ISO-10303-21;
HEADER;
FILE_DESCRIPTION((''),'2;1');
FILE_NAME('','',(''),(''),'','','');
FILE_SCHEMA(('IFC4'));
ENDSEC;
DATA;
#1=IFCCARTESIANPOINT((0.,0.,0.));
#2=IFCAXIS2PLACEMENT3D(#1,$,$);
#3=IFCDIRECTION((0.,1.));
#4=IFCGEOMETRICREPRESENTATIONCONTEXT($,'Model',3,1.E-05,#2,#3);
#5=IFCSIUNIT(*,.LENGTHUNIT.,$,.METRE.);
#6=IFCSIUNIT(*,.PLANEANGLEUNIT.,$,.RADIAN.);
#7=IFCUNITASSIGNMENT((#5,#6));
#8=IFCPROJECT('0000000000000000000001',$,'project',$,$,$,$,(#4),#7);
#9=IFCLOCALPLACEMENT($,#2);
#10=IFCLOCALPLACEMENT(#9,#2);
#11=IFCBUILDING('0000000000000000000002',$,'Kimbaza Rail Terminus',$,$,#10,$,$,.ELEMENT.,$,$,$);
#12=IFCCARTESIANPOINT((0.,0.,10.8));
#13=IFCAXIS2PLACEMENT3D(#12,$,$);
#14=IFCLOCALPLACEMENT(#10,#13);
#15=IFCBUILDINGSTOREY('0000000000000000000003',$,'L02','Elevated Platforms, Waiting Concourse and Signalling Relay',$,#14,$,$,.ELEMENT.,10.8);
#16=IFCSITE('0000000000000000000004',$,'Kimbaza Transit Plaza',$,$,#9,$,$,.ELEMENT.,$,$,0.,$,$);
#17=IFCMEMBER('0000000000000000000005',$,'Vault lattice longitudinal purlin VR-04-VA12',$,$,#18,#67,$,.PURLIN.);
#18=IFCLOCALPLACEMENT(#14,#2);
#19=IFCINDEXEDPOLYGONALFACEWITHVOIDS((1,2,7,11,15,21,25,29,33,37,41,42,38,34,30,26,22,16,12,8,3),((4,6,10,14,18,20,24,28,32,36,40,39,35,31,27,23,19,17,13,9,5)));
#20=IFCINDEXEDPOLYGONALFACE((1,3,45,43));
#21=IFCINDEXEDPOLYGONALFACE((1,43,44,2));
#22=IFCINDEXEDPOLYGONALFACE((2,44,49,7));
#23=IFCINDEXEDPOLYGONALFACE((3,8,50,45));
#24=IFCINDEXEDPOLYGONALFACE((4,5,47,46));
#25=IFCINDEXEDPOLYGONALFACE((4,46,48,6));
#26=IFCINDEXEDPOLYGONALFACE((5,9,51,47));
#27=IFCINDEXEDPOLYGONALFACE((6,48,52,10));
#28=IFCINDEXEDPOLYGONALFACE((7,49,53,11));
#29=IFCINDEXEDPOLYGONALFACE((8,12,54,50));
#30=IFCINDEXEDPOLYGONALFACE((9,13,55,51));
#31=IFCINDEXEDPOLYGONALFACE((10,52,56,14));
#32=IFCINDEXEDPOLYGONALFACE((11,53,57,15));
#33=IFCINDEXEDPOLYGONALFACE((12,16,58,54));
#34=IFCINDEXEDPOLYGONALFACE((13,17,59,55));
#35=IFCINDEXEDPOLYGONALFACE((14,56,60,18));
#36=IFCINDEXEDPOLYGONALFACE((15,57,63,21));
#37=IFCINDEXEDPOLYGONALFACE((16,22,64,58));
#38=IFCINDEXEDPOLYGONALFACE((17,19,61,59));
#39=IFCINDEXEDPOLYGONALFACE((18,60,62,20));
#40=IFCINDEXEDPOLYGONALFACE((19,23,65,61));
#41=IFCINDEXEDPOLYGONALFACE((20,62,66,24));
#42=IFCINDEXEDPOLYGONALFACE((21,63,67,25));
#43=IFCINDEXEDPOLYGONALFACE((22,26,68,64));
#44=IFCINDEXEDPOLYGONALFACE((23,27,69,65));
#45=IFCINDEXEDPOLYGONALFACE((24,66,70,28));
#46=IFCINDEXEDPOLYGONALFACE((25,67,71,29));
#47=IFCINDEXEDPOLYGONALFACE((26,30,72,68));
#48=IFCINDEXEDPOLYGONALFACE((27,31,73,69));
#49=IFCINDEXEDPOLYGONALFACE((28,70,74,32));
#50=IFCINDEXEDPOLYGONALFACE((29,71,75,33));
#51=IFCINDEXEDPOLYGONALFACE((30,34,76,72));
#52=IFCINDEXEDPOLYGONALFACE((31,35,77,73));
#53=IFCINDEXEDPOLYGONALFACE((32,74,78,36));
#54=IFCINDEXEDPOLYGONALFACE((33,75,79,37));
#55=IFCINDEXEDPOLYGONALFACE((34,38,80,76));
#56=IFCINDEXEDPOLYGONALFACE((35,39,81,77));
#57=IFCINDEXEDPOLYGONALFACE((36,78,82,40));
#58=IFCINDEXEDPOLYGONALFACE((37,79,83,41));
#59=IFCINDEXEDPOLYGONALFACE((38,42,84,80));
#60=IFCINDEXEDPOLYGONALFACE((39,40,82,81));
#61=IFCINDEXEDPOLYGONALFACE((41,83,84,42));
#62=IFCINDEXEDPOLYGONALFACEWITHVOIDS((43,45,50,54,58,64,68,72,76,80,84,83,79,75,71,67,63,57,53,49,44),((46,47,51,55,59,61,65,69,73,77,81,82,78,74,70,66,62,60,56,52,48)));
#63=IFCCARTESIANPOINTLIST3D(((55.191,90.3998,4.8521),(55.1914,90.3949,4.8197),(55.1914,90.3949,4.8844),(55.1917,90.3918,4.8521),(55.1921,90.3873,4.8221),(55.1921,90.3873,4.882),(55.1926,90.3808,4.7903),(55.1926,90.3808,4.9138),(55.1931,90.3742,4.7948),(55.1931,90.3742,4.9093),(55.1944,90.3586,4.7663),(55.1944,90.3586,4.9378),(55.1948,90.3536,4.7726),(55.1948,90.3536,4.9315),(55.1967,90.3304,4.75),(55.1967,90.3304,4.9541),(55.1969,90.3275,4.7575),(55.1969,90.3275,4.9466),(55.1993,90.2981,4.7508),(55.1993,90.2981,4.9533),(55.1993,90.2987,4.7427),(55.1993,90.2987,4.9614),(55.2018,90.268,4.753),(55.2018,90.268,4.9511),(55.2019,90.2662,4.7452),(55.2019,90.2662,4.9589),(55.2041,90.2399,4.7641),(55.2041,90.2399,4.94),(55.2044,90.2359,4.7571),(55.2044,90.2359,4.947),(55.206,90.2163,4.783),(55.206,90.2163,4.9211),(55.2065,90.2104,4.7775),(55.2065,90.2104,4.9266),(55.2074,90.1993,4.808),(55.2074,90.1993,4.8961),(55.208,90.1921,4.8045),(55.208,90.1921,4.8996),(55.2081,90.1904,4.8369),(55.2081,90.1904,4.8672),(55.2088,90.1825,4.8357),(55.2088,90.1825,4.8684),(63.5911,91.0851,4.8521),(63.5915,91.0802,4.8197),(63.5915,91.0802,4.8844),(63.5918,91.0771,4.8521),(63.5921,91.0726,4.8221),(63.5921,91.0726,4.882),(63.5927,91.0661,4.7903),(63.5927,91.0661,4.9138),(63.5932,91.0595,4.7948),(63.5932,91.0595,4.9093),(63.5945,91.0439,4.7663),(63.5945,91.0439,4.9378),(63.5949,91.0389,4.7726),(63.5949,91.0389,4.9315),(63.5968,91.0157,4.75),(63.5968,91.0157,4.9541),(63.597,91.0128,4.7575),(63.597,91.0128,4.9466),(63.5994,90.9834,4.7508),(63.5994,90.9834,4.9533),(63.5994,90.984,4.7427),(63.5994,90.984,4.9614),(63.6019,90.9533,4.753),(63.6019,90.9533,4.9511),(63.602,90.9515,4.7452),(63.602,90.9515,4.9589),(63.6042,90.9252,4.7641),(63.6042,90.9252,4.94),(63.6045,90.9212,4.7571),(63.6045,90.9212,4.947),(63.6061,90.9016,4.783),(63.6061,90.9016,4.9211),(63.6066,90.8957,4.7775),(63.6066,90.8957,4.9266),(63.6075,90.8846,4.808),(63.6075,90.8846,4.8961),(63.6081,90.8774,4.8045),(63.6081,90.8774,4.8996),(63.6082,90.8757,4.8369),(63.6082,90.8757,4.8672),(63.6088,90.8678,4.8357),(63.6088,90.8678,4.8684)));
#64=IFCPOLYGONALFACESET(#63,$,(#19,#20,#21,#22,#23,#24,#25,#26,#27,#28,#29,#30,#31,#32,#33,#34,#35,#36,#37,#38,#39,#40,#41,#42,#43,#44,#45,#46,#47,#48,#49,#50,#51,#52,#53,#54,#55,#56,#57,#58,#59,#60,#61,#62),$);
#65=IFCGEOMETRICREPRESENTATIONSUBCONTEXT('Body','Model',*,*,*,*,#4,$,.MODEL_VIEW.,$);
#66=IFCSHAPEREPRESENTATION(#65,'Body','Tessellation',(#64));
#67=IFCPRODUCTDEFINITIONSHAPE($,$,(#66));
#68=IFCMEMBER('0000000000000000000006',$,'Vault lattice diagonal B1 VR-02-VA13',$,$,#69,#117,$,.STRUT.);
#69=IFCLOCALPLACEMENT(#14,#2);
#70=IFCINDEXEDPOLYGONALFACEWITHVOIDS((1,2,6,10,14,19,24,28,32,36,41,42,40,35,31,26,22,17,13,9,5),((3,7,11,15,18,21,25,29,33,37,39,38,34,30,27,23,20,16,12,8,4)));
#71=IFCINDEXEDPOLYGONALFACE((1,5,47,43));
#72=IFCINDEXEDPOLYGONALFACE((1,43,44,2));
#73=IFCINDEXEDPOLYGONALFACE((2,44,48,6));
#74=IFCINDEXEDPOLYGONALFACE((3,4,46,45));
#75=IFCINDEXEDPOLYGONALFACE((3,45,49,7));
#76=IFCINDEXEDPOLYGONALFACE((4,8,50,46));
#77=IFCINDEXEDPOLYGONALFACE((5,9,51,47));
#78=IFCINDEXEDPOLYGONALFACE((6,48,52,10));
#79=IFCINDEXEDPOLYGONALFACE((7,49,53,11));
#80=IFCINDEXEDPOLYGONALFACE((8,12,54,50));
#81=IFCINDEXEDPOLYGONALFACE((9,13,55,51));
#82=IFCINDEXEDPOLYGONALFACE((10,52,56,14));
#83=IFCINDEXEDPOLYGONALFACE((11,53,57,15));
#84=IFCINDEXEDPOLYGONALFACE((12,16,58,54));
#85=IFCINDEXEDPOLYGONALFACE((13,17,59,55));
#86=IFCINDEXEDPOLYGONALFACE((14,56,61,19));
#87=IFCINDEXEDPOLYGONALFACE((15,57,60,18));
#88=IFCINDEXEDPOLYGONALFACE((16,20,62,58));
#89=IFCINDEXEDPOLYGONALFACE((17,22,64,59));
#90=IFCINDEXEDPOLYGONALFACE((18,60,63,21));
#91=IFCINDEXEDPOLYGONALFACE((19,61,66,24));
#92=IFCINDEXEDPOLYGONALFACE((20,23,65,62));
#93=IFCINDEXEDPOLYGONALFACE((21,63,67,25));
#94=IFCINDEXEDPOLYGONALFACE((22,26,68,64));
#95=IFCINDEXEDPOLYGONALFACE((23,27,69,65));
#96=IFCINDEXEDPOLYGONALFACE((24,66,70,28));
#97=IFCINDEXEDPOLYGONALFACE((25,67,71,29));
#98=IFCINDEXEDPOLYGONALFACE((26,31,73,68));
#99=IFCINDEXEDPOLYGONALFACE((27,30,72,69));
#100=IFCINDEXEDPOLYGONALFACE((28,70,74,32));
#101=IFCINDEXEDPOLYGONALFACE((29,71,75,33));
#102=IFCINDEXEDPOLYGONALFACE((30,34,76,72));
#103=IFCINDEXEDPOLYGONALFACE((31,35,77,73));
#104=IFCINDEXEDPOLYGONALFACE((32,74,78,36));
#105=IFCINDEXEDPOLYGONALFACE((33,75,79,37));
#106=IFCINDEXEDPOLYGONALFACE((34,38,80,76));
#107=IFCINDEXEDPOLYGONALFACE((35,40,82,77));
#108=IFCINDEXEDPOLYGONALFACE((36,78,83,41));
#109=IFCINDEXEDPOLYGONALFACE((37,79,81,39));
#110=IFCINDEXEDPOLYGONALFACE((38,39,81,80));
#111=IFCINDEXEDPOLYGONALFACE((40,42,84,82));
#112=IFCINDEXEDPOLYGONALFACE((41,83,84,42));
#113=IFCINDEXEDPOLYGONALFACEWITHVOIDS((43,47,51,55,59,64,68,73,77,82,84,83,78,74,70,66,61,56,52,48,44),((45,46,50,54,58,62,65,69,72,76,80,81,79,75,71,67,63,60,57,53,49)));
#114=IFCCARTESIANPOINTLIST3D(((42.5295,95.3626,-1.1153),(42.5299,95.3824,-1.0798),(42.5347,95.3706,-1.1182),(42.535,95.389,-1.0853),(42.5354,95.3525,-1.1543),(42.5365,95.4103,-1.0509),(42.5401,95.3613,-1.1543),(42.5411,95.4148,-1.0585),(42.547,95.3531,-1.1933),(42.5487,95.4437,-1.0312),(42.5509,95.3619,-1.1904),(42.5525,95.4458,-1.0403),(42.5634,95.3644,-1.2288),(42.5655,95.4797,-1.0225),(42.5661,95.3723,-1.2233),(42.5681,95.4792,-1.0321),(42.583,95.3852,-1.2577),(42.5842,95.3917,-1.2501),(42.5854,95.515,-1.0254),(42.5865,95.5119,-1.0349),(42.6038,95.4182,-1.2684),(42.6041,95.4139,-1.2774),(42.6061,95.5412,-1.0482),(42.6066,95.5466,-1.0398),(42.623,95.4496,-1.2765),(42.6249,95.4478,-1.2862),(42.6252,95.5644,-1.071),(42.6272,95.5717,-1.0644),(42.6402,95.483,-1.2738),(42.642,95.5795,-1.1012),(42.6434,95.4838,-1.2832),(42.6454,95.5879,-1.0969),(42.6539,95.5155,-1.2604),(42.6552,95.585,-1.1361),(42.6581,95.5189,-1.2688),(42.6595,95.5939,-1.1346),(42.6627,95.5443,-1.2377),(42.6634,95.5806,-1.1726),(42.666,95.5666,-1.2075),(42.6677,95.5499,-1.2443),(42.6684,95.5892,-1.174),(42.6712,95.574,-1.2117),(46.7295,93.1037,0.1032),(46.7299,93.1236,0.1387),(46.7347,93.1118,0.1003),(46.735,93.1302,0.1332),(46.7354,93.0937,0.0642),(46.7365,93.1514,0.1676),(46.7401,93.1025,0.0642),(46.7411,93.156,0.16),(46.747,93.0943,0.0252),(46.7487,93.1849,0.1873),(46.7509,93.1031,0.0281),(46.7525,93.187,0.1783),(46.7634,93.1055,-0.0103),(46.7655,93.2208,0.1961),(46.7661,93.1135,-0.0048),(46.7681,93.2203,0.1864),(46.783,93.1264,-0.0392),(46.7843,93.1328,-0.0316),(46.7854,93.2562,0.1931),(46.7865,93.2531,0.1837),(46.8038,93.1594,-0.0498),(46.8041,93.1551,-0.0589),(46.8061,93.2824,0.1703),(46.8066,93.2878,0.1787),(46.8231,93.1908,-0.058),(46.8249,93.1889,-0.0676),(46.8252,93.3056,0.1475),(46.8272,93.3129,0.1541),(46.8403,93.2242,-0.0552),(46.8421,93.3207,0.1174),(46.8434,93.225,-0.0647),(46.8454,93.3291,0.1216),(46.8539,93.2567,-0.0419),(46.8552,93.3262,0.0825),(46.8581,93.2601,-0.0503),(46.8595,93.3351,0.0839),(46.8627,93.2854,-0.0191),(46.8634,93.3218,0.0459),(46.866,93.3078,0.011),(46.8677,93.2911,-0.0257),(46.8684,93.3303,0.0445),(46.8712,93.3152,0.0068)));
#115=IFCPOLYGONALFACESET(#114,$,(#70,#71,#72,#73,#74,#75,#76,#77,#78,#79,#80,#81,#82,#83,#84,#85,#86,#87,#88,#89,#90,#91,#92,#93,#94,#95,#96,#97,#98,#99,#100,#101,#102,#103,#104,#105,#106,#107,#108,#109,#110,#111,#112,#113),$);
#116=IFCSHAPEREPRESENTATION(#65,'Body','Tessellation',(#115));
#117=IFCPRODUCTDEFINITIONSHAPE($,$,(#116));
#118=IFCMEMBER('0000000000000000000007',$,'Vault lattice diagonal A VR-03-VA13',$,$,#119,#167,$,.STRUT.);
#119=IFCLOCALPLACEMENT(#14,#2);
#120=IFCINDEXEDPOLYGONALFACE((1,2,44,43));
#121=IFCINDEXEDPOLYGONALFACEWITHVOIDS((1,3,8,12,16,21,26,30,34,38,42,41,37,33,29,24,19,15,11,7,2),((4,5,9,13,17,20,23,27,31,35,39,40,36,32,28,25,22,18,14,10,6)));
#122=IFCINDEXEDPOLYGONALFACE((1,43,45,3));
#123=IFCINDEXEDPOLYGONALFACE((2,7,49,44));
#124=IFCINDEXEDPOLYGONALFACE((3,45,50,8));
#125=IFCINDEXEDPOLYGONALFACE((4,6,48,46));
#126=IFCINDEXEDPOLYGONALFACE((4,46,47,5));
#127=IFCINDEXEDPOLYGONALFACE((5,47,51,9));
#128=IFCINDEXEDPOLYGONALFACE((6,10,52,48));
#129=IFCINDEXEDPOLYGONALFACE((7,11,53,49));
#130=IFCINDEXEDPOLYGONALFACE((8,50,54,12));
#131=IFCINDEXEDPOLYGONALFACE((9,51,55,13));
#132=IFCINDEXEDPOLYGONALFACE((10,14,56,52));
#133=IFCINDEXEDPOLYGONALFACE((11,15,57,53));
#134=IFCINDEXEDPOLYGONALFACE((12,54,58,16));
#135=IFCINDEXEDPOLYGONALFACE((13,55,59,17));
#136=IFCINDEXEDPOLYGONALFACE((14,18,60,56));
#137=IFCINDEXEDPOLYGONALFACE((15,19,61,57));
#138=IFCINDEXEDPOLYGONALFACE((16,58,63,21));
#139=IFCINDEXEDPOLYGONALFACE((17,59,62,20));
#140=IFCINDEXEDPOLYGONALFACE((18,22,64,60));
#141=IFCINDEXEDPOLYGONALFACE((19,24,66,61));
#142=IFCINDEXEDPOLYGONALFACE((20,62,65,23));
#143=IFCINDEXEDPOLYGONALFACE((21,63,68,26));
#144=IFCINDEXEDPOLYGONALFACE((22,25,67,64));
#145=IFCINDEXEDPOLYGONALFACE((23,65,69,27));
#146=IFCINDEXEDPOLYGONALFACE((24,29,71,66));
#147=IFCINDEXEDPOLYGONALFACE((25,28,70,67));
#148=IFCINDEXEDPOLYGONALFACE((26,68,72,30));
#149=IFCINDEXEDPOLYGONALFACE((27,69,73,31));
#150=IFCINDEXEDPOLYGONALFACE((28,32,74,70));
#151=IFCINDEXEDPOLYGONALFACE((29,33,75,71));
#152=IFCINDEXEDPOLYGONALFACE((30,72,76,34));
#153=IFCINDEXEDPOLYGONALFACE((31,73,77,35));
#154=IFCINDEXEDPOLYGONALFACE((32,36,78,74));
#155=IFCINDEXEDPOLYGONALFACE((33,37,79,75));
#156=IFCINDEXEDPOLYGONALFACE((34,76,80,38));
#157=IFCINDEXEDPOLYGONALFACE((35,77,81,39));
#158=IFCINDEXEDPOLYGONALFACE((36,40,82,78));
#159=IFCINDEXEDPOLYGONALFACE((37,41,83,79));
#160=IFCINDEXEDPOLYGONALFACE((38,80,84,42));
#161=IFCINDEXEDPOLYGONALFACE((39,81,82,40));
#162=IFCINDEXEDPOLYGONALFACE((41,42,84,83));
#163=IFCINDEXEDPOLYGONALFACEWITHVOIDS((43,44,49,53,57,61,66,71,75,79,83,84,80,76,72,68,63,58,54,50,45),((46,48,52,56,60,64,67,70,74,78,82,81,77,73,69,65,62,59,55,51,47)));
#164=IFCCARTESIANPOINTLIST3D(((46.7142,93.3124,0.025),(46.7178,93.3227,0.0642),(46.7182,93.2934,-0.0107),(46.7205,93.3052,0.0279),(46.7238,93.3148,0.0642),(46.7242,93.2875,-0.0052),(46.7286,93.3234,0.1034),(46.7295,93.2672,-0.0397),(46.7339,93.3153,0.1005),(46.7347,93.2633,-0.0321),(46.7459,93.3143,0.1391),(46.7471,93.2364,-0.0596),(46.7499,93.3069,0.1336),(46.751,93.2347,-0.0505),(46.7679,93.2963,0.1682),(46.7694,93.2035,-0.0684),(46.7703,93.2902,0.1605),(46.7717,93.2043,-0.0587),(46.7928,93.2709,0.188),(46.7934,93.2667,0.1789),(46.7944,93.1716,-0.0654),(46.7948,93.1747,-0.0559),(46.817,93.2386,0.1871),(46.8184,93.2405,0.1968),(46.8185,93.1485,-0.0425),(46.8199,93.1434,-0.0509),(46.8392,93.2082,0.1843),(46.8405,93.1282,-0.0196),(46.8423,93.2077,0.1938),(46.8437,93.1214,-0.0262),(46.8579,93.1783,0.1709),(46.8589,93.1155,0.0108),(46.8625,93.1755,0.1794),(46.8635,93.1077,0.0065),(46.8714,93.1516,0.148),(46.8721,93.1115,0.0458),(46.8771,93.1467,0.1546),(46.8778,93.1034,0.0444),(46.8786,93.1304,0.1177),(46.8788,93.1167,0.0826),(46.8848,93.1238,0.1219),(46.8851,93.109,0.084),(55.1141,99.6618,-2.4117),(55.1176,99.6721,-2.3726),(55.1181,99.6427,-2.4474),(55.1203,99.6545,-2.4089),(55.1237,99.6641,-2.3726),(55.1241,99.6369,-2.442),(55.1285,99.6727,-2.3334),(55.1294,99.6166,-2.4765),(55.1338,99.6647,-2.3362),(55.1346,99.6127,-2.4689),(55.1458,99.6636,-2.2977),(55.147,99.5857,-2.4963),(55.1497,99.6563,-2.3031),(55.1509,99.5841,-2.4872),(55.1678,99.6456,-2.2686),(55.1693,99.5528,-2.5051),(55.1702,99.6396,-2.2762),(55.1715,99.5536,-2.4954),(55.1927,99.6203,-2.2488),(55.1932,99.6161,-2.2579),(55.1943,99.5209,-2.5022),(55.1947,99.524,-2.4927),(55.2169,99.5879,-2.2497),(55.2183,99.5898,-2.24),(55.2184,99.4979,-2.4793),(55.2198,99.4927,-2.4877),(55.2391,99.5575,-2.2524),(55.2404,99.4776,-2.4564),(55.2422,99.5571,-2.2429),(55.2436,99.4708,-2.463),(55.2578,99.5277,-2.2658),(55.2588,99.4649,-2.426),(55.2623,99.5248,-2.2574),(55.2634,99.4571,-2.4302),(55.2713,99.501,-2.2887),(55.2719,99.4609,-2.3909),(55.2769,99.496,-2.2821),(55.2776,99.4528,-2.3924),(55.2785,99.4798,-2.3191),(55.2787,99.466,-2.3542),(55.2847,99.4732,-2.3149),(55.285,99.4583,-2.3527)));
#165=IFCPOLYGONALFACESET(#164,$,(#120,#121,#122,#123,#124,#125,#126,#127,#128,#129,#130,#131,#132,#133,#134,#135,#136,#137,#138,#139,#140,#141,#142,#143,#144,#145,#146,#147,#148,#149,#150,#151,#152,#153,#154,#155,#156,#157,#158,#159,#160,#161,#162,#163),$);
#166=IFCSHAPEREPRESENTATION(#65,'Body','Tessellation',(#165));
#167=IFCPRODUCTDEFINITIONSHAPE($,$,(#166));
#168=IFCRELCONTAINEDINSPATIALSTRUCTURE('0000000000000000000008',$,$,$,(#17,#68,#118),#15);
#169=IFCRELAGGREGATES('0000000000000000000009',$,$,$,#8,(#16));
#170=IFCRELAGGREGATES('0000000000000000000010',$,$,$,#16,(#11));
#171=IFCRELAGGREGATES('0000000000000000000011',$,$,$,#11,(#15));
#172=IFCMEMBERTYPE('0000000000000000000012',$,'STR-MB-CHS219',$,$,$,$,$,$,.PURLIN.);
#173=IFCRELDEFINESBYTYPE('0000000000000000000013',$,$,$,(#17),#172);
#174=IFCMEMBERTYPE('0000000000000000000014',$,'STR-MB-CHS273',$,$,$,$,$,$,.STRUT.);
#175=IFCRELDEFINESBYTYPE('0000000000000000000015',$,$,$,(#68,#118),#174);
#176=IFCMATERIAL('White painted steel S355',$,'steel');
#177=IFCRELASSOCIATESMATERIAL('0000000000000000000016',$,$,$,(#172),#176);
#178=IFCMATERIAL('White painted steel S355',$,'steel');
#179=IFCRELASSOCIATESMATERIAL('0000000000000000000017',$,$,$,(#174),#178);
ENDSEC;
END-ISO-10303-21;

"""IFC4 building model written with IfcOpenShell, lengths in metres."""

from ifc_helpers import new_model, si_unit, direction, frame, origin, origin_2d, place, context, subcontext, project, spatial, hollow_circle, extrude, material, material_profile, profile_set, type_object, element, save


model = new_model("IFC4")

# Units and contexts
model_context = context("Model", 3, precision=1e-05, world=origin(), true_north=direction((0.0, 1.0)))
body_context = subcontext(model_context, "Body", "Model", "MODEL_VIEW")
ifc_project = project(units=[si_unit("LENGTHUNIT", "METRE"), si_unit("PLANEANGLEUNIT", "RADIAN")], contexts=[model_context])

# Site, building, storey
site_placement = place(None, origin())
site = spatial("IfcSite", under=ifc_project, at=site_placement, Name="Kimbaza Transit Plaza", CompositionType="ELEMENT", RefElevation=0.0)
building_placement = place(site_placement, origin())
building = spatial("IfcBuilding", under=site, at=building_placement, Name="Kimbaza Rail Terminus", CompositionType="ELEMENT")
storey_placement = place(building_placement, frame((0.0, 0.0, 10.8)))
storey = spatial("IfcBuildingStorey", under=building, at=storey_placement, Name="L02", Description="Elevated Platforms, Waiting Concourse and Signalling Relay", CompositionType="ELEMENT", Elevation=10.8)

# Members
ifc_material_1 = material(Name="White painted steel S355", Category="steel")
ifc_material_profile_1 = material_profile(ifc_material_1, hollow_circle(Radius=0.1096, WallThickness=0.0081, at=origin_2d()), Name="CHS 219.1x8")
ifc_profile_set_1 = profile_set([ifc_material_profile_1], Name="White painted steel S355")
member_type_1 = type_object("IfcMemberType", Name="STR-MB-CHS219", PredefinedType="PURLIN", material=ifc_profile_set_1)
for number, where, z_axis, x_axis, name in (
    (1, (55.2, 90.2905, 4.8521), (0.996689, 0.081312, 0.0), (-0.081312, 0.996689, 0.0), "Vault lattice longitudinal purlin VR-04-VA12"),
):
    element("IfcMember", number, at=place(storey_placement, frame(where, z_axis=z_axis, x_axis=x_axis)), inside=storey, type_object=member_type_1, Name=name, PredefinedType="PURLIN", context=body_context, shape_type="SweptSolid", body=[
        extrude(hollow_circle(Radius=0.1096, WallThickness=0.0081, at=origin_2d()), origin(), (0.0, 0.0, 1.0), 8.428),
    ])
ifc_material_2 = material(Name="White painted steel S355", Category="steel")
ifc_material_profile_2 = material_profile(ifc_material_2, hollow_circle(Radius=0.1365, WallThickness=0.01, at=origin_2d()), Name="CHS 273x10")
ifc_profile_set_2 = profile_set([ifc_material_profile_2], Name="White painted steel S355")
member_type_2 = type_object("IfcMemberType", Name="STR-MB-CHS273", PredefinedType="STRUT", material=ifc_profile_set_2)
member_1_placement = place(storey_placement, frame((46.8, 93.2139, 0.0642), z_axis=(-0.853295, 0.458913, -0.247561), x_axis=(-0.473657, -0.880709, 0.0)))
element("IfcMember", 2, at=member_1_placement, inside=storey, type_object=member_type_2, Name="Vault lattice diagonal B1 VR-02-VA13", PredefinedType="STRUT", context=body_context, shape_type="SweptSolid", body=[
    extrude(hollow_circle(Radius=0.1365, WallThickness=0.01, at=origin_2d()), origin(), (0.0, 0.0, 1.0), 4.9221),
])
member_2_placement = place(storey_placement, frame((46.8, 93.2139, 0.0642), z_axis=(0.7772, 0.587475, -0.225462), x_axis=(-0.603001, 0.797741, 0.0)))
element("IfcMember", 3, at=member_2_placement, inside=storey, type_object=member_type_2, Name="Vault lattice diagonal A VR-03-VA13", PredefinedType="STRUT", context=body_context, shape_type="SweptSolid", body=[
    extrude(hollow_circle(Radius=0.1365, WallThickness=0.01, at=origin_2d()), origin(), (0.0, 0.0, 1.0), 10.8079),
])

save(model, "model.ifc")
